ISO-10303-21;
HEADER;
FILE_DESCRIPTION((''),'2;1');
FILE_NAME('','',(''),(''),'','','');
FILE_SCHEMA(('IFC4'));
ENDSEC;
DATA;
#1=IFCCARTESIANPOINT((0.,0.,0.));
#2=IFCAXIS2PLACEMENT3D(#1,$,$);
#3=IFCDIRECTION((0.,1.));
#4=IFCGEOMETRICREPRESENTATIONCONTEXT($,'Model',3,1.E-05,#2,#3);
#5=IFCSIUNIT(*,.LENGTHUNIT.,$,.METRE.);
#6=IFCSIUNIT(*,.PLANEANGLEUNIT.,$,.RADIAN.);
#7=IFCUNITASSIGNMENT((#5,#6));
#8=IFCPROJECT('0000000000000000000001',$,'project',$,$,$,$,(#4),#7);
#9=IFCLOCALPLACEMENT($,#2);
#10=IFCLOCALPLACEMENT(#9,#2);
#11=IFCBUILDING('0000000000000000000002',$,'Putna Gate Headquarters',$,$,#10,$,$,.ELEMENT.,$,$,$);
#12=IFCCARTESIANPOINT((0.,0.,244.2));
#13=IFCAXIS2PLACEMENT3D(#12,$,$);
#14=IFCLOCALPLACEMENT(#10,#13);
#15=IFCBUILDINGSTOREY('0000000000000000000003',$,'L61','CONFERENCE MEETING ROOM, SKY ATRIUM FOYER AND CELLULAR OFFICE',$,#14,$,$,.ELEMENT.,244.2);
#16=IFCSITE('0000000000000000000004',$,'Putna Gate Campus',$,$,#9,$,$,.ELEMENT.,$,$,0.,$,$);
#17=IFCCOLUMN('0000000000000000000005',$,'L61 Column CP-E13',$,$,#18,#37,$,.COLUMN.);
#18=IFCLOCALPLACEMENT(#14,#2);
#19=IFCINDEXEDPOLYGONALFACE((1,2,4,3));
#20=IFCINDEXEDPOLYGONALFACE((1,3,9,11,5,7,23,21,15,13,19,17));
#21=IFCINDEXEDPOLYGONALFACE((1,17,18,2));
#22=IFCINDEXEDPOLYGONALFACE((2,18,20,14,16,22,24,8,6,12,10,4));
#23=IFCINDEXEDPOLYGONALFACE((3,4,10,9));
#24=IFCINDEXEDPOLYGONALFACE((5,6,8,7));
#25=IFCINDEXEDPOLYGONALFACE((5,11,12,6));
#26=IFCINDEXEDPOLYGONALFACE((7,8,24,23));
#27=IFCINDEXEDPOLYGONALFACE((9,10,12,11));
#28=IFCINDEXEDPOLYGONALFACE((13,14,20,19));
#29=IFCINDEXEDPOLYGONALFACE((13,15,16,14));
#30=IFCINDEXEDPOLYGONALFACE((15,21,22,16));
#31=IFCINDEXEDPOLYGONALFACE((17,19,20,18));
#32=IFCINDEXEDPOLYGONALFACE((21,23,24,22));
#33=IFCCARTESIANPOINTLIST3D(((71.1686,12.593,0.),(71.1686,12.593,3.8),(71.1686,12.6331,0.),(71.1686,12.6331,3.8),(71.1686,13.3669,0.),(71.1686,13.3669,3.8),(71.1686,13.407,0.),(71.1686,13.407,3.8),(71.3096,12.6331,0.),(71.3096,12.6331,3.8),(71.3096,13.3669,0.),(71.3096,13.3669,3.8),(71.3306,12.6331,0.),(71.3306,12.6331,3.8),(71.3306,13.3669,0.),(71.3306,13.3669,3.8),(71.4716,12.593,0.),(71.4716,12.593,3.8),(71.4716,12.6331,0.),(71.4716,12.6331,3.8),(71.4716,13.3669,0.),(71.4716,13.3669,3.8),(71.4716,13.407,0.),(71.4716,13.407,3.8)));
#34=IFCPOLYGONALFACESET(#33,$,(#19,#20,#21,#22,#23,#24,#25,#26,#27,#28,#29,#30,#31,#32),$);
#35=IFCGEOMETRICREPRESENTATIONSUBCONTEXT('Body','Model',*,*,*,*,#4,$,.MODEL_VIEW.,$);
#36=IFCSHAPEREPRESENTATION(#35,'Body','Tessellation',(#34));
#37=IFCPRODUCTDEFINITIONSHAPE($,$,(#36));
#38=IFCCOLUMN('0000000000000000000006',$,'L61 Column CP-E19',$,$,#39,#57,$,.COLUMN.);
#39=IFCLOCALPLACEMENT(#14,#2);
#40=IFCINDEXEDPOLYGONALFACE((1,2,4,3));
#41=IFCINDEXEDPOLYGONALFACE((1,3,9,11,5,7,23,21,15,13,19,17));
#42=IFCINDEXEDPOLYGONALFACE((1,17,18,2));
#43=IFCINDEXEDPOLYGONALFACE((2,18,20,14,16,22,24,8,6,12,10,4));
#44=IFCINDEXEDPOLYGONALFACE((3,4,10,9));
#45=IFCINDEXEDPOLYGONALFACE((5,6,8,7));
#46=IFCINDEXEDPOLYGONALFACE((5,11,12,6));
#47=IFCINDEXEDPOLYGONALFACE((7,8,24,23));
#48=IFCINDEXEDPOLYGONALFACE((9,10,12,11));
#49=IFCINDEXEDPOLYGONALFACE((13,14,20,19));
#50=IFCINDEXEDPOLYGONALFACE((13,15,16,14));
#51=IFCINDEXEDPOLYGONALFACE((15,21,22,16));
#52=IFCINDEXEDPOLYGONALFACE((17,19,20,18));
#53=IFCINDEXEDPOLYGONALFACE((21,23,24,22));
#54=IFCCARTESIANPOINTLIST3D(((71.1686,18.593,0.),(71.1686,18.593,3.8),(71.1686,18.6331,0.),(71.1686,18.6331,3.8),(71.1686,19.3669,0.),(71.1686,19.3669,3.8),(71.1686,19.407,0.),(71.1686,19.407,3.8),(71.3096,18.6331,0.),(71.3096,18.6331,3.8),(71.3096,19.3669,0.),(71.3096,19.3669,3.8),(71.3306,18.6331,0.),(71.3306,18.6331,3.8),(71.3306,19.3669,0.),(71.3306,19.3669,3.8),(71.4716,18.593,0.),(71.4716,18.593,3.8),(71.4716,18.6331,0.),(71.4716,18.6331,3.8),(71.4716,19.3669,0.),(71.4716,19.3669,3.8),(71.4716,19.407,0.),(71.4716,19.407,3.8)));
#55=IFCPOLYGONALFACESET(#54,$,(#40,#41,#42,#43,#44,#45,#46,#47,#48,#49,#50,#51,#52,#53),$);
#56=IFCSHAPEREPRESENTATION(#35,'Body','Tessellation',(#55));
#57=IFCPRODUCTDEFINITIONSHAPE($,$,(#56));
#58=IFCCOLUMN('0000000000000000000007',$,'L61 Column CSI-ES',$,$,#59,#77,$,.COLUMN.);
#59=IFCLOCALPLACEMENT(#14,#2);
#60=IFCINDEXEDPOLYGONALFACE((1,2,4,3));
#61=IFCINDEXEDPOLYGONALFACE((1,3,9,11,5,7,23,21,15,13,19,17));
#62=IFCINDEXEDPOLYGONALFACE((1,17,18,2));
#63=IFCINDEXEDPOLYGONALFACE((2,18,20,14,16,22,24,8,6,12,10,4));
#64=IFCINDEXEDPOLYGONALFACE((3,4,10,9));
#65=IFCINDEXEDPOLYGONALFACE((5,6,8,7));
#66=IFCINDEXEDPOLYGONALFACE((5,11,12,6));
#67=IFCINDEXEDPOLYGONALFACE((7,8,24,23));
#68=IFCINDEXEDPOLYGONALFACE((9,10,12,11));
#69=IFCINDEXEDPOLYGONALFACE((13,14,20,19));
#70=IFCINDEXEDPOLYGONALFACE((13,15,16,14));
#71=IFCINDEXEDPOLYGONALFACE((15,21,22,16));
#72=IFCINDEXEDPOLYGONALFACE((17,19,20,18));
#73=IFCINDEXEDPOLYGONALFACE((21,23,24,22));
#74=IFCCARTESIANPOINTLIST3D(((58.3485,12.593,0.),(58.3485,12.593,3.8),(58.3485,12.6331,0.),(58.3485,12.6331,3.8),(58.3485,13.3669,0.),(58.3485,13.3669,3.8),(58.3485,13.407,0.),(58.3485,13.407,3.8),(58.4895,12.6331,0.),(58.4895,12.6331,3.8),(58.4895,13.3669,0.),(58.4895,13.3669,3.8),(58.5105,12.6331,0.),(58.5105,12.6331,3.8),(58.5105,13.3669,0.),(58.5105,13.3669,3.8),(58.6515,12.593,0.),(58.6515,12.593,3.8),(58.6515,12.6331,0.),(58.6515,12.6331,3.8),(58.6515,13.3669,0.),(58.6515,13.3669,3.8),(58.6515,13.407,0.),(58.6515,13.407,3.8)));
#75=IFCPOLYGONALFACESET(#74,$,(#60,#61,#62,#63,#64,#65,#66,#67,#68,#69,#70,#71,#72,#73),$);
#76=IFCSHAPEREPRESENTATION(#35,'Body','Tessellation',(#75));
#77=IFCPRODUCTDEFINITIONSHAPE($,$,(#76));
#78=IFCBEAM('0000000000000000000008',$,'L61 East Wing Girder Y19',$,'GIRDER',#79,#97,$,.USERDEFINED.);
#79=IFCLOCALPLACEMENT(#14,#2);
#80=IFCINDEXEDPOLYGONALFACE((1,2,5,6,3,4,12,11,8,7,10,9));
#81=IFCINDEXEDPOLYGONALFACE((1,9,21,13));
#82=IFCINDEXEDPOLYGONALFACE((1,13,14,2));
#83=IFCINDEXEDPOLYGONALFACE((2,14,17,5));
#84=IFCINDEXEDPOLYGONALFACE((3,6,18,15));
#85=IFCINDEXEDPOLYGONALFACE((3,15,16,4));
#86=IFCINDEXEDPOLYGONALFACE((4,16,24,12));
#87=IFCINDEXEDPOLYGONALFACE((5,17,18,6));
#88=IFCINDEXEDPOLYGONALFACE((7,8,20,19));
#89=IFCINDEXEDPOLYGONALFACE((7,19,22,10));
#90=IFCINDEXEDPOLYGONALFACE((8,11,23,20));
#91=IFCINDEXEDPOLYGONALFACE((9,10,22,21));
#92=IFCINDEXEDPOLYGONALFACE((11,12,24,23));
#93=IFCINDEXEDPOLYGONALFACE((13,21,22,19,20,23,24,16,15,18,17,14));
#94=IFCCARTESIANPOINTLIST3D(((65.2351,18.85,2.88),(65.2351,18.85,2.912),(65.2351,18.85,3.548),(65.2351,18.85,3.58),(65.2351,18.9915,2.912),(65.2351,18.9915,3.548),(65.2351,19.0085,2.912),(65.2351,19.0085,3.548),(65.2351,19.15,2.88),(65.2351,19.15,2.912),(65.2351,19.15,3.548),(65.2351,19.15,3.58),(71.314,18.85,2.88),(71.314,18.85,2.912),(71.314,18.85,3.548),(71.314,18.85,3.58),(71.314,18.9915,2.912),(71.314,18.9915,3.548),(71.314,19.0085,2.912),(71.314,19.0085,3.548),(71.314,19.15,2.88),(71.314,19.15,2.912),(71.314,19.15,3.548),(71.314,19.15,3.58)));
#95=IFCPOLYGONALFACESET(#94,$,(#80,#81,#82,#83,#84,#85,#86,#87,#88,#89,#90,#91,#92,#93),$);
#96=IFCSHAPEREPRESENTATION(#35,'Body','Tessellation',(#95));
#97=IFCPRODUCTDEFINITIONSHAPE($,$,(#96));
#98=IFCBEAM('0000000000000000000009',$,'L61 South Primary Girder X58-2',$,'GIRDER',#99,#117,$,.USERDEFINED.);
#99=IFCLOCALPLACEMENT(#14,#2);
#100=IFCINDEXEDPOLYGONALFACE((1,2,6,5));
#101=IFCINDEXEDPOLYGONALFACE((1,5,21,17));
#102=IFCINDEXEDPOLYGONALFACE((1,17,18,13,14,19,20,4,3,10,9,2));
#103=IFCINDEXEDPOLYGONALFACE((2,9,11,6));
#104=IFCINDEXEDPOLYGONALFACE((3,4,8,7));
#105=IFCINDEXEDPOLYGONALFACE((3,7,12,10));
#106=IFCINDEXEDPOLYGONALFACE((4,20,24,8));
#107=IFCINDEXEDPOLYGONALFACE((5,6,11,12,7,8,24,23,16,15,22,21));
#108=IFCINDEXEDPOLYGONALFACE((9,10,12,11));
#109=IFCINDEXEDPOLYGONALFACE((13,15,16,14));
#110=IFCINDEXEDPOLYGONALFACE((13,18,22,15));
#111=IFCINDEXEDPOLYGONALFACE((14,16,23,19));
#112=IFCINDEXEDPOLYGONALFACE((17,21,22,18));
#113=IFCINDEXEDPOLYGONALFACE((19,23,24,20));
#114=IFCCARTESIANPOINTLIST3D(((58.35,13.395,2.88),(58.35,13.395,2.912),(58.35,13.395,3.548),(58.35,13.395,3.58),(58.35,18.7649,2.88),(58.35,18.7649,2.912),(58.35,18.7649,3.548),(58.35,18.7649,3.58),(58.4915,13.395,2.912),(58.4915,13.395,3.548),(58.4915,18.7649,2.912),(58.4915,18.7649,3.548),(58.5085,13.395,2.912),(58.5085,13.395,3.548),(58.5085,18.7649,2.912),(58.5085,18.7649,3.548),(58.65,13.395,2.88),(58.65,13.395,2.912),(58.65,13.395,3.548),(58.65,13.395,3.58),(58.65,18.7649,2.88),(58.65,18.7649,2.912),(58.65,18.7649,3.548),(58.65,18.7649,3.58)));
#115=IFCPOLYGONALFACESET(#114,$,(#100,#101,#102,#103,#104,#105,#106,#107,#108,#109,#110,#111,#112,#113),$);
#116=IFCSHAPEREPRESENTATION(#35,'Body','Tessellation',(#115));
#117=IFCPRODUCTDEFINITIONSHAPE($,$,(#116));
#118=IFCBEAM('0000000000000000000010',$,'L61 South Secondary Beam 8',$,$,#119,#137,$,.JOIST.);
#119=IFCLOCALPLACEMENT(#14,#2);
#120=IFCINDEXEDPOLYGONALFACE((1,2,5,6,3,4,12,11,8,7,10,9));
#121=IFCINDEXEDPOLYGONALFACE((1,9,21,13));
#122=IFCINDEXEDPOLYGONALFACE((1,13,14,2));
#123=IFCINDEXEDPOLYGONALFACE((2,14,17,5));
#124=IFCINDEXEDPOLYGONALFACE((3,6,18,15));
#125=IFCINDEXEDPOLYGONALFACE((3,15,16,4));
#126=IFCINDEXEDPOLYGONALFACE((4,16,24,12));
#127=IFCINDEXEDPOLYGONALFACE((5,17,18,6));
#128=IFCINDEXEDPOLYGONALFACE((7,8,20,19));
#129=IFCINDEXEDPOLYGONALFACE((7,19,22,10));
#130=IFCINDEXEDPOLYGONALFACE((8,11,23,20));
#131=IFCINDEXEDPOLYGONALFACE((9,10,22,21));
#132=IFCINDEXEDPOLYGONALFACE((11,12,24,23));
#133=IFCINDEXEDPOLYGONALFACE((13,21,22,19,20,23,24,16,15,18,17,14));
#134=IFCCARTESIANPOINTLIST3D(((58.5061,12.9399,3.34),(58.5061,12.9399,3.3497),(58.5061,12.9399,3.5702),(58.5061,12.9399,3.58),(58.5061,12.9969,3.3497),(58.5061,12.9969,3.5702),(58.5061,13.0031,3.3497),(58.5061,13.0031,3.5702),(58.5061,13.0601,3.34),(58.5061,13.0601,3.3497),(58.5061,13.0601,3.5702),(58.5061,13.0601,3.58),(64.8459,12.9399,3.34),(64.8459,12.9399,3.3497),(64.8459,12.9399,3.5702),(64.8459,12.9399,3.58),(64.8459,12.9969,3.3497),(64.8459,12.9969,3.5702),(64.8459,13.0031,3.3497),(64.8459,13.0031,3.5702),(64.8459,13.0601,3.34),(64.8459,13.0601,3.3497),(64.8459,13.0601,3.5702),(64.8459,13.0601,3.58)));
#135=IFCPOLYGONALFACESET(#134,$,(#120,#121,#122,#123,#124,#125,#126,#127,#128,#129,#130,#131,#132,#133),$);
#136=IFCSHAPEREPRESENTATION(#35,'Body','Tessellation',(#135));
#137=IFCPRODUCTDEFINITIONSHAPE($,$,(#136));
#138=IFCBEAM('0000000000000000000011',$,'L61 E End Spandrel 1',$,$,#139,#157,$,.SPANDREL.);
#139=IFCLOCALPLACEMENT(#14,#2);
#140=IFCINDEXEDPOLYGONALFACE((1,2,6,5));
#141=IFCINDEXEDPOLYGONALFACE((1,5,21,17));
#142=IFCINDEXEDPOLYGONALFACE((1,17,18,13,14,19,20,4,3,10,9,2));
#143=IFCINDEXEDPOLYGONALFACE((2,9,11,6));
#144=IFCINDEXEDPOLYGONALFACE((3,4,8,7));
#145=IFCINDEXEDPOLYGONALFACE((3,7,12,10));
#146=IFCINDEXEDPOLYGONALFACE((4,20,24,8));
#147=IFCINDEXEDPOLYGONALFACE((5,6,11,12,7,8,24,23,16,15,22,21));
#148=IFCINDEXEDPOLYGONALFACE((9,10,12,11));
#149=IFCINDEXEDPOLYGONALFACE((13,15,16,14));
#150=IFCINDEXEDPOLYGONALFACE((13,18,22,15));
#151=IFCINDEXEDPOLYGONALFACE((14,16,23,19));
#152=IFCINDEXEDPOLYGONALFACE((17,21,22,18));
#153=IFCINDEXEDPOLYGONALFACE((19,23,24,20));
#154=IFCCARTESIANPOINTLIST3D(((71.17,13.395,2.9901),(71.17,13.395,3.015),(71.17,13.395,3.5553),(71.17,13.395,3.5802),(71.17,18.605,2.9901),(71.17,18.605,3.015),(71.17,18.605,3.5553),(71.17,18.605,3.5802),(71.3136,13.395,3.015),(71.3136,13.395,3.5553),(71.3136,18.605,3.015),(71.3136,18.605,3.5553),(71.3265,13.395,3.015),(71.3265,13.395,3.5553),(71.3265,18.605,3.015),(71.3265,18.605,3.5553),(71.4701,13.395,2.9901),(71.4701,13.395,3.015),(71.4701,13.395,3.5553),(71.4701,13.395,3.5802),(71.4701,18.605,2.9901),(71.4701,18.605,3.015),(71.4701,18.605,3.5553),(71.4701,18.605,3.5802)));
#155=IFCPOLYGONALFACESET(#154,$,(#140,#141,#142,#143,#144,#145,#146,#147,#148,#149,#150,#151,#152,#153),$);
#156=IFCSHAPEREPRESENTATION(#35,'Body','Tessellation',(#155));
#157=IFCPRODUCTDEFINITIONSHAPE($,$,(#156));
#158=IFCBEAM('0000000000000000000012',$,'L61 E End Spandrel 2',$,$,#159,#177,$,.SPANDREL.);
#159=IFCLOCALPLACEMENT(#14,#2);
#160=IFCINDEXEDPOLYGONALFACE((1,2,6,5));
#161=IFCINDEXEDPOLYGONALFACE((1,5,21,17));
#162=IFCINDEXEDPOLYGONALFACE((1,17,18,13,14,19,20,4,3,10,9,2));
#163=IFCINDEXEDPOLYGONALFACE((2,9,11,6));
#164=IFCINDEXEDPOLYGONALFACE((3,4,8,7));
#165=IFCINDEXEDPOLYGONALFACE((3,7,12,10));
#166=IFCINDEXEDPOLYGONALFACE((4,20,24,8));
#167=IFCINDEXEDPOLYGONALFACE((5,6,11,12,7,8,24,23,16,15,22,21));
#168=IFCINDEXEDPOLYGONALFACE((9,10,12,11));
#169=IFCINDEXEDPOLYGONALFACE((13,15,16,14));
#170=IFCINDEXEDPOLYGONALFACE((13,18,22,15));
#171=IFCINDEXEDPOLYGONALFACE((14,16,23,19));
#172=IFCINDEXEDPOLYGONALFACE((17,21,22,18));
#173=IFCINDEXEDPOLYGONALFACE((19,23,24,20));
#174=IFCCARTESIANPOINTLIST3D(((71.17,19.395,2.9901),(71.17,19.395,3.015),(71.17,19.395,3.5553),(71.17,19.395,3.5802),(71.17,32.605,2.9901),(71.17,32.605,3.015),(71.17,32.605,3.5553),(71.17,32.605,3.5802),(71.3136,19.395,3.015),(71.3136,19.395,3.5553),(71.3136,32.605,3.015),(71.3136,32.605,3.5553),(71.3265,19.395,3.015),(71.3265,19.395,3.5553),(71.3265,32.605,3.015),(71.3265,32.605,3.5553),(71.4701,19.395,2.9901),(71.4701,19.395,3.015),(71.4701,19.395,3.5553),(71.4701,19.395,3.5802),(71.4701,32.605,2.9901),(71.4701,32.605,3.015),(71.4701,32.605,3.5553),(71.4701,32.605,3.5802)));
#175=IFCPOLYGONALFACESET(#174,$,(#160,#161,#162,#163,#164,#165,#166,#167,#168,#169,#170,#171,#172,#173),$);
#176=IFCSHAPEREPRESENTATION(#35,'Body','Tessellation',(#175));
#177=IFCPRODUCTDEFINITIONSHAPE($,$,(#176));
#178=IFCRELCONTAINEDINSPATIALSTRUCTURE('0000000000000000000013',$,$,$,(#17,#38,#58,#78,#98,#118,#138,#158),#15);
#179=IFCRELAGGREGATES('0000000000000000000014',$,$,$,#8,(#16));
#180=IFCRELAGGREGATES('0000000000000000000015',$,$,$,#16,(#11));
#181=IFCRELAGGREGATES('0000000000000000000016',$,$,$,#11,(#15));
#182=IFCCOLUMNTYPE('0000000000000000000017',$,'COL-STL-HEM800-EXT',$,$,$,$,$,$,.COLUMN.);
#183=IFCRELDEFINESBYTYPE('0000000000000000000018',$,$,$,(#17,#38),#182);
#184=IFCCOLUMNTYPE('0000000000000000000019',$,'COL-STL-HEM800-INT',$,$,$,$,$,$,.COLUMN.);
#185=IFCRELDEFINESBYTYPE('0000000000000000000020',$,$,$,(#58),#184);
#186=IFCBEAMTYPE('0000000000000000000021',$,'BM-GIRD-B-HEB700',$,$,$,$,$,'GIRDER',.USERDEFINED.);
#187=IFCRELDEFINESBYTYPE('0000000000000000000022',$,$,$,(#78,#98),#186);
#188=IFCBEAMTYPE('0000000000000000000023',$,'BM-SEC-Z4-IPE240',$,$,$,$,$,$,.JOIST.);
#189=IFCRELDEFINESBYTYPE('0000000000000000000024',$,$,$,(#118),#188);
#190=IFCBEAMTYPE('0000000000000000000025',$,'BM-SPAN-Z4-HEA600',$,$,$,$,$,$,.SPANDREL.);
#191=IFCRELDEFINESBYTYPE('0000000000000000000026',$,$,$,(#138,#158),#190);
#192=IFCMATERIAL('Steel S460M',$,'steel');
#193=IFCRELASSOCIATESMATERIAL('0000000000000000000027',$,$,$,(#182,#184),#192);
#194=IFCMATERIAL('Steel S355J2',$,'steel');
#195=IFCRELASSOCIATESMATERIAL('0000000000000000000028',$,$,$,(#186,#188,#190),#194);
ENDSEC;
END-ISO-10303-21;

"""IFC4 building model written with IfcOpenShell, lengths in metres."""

from ifc_helpers import new_model, si_unit, direction, frame, origin, origin_2d, place, context, subcontext, project, spatial, i_section, extrude, material, material_profile, profile_set, type_object, element, save


model = new_model("IFC4")

# Units and contexts
model_context = context("Model", 3, precision=1e-05, world=origin(), true_north=direction((0.0, 1.0)))
body_context = subcontext(model_context, "Body", "Model", "MODEL_VIEW")
ifc_project = project(units=[si_unit("LENGTHUNIT", "METRE"), si_unit("PLANEANGLEUNIT", "RADIAN")], contexts=[model_context])

# Site, building, storey
site_placement = place(None, origin())
site = spatial("IfcSite", under=ifc_project, at=site_placement, Name="Putna Gate Campus", CompositionType="ELEMENT", RefElevation=0.0)
building_placement = place(site_placement, origin())
building = spatial("IfcBuilding", under=site, at=building_placement, Name="Putna Gate Headquarters", CompositionType="ELEMENT")
storey_placement = place(building_placement, frame((0.0, 0.0, 244.2)))
storey = spatial("IfcBuildingStorey", under=building, at=storey_placement, Name="L61", Description="CONFERENCE MEETING ROOM, SKY ATRIUM FOYER AND CELLULAR OFFICE", CompositionType="ELEMENT", Elevation=244.2)

# Columns
ifc_material_1 = material(Name="Steel S460M", Category="steel")
ifc_material_profile_1 = material_profile(ifc_material_1, i_section(OverallWidth=0.303, OverallDepth=0.814, WebThickness=0.021, FlangeThickness=0.04, at=origin_2d()), Name="Steel S460M")
ifc_profile_set_1 = profile_set([ifc_material_profile_1], Name="Steel S460M")
column_type_1 = type_object("IfcColumnType", Name="COL-STL-HEM800-EXT", PredefinedType="COLUMN", material=ifc_profile_set_1)
for number, where, z_axis, x_axis, name in (
    (1, (71.3201, 13.0, 0.0), (0.0, 0.0, 1.0), (1.0, 0.0, 0.0), "L61 Column CP-E13"),
    (2, (71.3201, 19.0, 0.0), (0.0, 0.0, 1.0), (1.0, 0.0, 0.0), "L61 Column CP-E19"),
):
    element("IfcColumn", number, at=place(storey_placement, frame(where, z_axis=z_axis, x_axis=x_axis)), inside=storey, type_object=column_type_1, Name=name, PredefinedType="COLUMN", context=body_context, shape_type="SweptSolid", body=[
        extrude(i_section(OverallWidth=0.303, OverallDepth=0.814, WebThickness=0.021, FlangeThickness=0.04, at=origin_2d()), origin(), (0.0, 0.0, 1.0), 3.8),
    ])
ifc_material_profile_2 = material_profile(ifc_material_1, i_section(OverallWidth=0.303, OverallDepth=0.814, WebThickness=0.021, FlangeThickness=0.04, at=origin_2d()), Name="Steel S460M")
ifc_profile_set_2 = profile_set([ifc_material_profile_2], Name="Steel S460M")
column_type_2 = type_object("IfcColumnType", Name="COL-STL-HEM800-INT", PredefinedType="COLUMN", material=ifc_profile_set_2)
column_placement = place(storey_placement, frame((58.5, 13.0, 0.0), z_axis=(0.0, 0.0, 1.0), x_axis=(1.0, 0.0, 0.0)))
element("IfcColumn", 3, at=column_placement, inside=storey, type_object=column_type_2, Name="L61 Column CSI-ES", PredefinedType="COLUMN", context=body_context, shape_type="SweptSolid", body=[
    extrude(i_section(OverallWidth=0.303, OverallDepth=0.814, WebThickness=0.021, FlangeThickness=0.04, at=origin_2d()), origin(), (0.0, 0.0, 1.0), 3.8),
])

# Beams
ifc_material_2 = material(Name="Steel S355J2", Category="steel")
ifc_material_profile_3 = material_profile(ifc_material_2, i_section(OverallWidth=0.3, OverallDepth=0.7, WebThickness=0.0171, FlangeThickness=0.032, at=origin_2d()), Name="Steel S355J2")
ifc_profile_set_3 = profile_set([ifc_material_profile_3], Name="Steel S355J2")
beam_type_1 = type_object("IfcBeamType", Name="BM-GIRD-B-HEB700", ElementType="GIRDER", PredefinedType="USERDEFINED", material=ifc_profile_set_3)
beam_1_placement = place(storey_placement, frame((65.2351, 19.0, 3.23), z_axis=(1.0, 0.0, 0.0), x_axis=(0.0, 1.0, 0.0)))
element("IfcBeam", 4, at=beam_1_placement, inside=storey, type_object=beam_type_1, Name="L61 East Wing Girder Y19", ObjectType="GIRDER", PredefinedType="USERDEFINED", context=body_context, shape_type="SweptSolid", body=[
    extrude(i_section(OverallWidth=0.3, OverallDepth=0.7, WebThickness=0.0171, FlangeThickness=0.032, at=origin_2d()), origin(), (0.0, 0.0, 1.0), 6.0789),
])
beam_2_placement = place(storey_placement, frame((58.5, 13.395, 3.23), z_axis=(0.0, 1.0, 0.0), x_axis=(-1.0, 0.0, 0.0)))
element("IfcBeam", 5, at=beam_2_placement, inside=storey, type_object=beam_type_1, Name="L61 South Primary Girder X58-2", ObjectType="GIRDER", PredefinedType="USERDEFINED", context=body_context, shape_type="SweptSolid", body=[
    extrude(i_section(OverallWidth=0.3, OverallDepth=0.7, WebThickness=0.0171, FlangeThickness=0.032, at=origin_2d()), origin(), (0.0, 0.0, 1.0), 5.3699),
])
ifc_material_profile_4 = material_profile(ifc_material_2, i_section(OverallWidth=0.1201, OverallDepth=0.24, WebThickness=0.0061, FlangeThickness=0.0098, at=origin_2d()), Name="Steel S355J2")
ifc_profile_set_4 = profile_set([ifc_material_profile_4], Name="Steel S355J2")
beam_type_2 = type_object("IfcBeamType", Name="BM-SEC-Z4-IPE240", PredefinedType="JOIST", material=ifc_profile_set_4)
beam_3_placement = place(storey_placement, frame((58.5061, 13.0, 3.46), z_axis=(1.0, 0.0, 0.0), x_axis=(0.0, 1.0, 0.0)))
element("IfcBeam", 6, at=beam_3_placement, inside=storey, type_object=beam_type_2, Name="L61 South Secondary Beam 8", PredefinedType="JOIST", context=body_context, shape_type="SweptSolid", body=[
    extrude(i_section(OverallWidth=0.1201, OverallDepth=0.24, WebThickness=0.0061, FlangeThickness=0.0098, at=origin_2d()), origin(), (0.0, 0.0, 1.0), 6.3398),
])
ifc_material_profile_5 = material_profile(ifc_material_2, i_section(OverallWidth=0.3, OverallDepth=0.5901, WebThickness=0.0129, FlangeThickness=0.0249, at=origin_2d()), Name="Steel S355J2")
ifc_profile_set_5 = profile_set([ifc_material_profile_5], Name="Steel S355J2")
beam_type_3 = type_object("IfcBeamType", Name="BM-SPAN-Z4-HEA600", PredefinedType="SPANDREL", material=ifc_profile_set_5)
beam_4_placement = place(storey_placement, frame((71.3201, 13.395, 3.2852), z_axis=(0.0, 1.0, 0.0), x_axis=(-1.0, 0.0, 0.0)))
element("IfcBeam", 7, at=beam_4_placement, inside=storey, type_object=beam_type_3, Name="L61 E End Spandrel 1", PredefinedType="SPANDREL", context=body_context, shape_type="SweptSolid", body=[
    extrude(i_section(OverallWidth=0.3, OverallDepth=0.5901, WebThickness=0.0129, FlangeThickness=0.0249, at=origin_2d()), origin(), (0.0, 0.0, 1.0), 5.21),
])
beam_5_placement = place(storey_placement, frame((71.3201, 19.395, 3.2852), z_axis=(0.0, 1.0, 0.0), x_axis=(-1.0, 0.0, 0.0)))
element("IfcBeam", 8, at=beam_5_placement, inside=storey, type_object=beam_type_3, Name="L61 E End Spandrel 2", PredefinedType="SPANDREL", context=body_context, shape_type="SweptSolid", body=[
    extrude(i_section(OverallWidth=0.3, OverallDepth=0.5901, WebThickness=0.0129, FlangeThickness=0.0249, at=origin_2d()), origin(), (0.0, 0.0, 1.0), 13.21),
])

save(model, "model.ifc")
